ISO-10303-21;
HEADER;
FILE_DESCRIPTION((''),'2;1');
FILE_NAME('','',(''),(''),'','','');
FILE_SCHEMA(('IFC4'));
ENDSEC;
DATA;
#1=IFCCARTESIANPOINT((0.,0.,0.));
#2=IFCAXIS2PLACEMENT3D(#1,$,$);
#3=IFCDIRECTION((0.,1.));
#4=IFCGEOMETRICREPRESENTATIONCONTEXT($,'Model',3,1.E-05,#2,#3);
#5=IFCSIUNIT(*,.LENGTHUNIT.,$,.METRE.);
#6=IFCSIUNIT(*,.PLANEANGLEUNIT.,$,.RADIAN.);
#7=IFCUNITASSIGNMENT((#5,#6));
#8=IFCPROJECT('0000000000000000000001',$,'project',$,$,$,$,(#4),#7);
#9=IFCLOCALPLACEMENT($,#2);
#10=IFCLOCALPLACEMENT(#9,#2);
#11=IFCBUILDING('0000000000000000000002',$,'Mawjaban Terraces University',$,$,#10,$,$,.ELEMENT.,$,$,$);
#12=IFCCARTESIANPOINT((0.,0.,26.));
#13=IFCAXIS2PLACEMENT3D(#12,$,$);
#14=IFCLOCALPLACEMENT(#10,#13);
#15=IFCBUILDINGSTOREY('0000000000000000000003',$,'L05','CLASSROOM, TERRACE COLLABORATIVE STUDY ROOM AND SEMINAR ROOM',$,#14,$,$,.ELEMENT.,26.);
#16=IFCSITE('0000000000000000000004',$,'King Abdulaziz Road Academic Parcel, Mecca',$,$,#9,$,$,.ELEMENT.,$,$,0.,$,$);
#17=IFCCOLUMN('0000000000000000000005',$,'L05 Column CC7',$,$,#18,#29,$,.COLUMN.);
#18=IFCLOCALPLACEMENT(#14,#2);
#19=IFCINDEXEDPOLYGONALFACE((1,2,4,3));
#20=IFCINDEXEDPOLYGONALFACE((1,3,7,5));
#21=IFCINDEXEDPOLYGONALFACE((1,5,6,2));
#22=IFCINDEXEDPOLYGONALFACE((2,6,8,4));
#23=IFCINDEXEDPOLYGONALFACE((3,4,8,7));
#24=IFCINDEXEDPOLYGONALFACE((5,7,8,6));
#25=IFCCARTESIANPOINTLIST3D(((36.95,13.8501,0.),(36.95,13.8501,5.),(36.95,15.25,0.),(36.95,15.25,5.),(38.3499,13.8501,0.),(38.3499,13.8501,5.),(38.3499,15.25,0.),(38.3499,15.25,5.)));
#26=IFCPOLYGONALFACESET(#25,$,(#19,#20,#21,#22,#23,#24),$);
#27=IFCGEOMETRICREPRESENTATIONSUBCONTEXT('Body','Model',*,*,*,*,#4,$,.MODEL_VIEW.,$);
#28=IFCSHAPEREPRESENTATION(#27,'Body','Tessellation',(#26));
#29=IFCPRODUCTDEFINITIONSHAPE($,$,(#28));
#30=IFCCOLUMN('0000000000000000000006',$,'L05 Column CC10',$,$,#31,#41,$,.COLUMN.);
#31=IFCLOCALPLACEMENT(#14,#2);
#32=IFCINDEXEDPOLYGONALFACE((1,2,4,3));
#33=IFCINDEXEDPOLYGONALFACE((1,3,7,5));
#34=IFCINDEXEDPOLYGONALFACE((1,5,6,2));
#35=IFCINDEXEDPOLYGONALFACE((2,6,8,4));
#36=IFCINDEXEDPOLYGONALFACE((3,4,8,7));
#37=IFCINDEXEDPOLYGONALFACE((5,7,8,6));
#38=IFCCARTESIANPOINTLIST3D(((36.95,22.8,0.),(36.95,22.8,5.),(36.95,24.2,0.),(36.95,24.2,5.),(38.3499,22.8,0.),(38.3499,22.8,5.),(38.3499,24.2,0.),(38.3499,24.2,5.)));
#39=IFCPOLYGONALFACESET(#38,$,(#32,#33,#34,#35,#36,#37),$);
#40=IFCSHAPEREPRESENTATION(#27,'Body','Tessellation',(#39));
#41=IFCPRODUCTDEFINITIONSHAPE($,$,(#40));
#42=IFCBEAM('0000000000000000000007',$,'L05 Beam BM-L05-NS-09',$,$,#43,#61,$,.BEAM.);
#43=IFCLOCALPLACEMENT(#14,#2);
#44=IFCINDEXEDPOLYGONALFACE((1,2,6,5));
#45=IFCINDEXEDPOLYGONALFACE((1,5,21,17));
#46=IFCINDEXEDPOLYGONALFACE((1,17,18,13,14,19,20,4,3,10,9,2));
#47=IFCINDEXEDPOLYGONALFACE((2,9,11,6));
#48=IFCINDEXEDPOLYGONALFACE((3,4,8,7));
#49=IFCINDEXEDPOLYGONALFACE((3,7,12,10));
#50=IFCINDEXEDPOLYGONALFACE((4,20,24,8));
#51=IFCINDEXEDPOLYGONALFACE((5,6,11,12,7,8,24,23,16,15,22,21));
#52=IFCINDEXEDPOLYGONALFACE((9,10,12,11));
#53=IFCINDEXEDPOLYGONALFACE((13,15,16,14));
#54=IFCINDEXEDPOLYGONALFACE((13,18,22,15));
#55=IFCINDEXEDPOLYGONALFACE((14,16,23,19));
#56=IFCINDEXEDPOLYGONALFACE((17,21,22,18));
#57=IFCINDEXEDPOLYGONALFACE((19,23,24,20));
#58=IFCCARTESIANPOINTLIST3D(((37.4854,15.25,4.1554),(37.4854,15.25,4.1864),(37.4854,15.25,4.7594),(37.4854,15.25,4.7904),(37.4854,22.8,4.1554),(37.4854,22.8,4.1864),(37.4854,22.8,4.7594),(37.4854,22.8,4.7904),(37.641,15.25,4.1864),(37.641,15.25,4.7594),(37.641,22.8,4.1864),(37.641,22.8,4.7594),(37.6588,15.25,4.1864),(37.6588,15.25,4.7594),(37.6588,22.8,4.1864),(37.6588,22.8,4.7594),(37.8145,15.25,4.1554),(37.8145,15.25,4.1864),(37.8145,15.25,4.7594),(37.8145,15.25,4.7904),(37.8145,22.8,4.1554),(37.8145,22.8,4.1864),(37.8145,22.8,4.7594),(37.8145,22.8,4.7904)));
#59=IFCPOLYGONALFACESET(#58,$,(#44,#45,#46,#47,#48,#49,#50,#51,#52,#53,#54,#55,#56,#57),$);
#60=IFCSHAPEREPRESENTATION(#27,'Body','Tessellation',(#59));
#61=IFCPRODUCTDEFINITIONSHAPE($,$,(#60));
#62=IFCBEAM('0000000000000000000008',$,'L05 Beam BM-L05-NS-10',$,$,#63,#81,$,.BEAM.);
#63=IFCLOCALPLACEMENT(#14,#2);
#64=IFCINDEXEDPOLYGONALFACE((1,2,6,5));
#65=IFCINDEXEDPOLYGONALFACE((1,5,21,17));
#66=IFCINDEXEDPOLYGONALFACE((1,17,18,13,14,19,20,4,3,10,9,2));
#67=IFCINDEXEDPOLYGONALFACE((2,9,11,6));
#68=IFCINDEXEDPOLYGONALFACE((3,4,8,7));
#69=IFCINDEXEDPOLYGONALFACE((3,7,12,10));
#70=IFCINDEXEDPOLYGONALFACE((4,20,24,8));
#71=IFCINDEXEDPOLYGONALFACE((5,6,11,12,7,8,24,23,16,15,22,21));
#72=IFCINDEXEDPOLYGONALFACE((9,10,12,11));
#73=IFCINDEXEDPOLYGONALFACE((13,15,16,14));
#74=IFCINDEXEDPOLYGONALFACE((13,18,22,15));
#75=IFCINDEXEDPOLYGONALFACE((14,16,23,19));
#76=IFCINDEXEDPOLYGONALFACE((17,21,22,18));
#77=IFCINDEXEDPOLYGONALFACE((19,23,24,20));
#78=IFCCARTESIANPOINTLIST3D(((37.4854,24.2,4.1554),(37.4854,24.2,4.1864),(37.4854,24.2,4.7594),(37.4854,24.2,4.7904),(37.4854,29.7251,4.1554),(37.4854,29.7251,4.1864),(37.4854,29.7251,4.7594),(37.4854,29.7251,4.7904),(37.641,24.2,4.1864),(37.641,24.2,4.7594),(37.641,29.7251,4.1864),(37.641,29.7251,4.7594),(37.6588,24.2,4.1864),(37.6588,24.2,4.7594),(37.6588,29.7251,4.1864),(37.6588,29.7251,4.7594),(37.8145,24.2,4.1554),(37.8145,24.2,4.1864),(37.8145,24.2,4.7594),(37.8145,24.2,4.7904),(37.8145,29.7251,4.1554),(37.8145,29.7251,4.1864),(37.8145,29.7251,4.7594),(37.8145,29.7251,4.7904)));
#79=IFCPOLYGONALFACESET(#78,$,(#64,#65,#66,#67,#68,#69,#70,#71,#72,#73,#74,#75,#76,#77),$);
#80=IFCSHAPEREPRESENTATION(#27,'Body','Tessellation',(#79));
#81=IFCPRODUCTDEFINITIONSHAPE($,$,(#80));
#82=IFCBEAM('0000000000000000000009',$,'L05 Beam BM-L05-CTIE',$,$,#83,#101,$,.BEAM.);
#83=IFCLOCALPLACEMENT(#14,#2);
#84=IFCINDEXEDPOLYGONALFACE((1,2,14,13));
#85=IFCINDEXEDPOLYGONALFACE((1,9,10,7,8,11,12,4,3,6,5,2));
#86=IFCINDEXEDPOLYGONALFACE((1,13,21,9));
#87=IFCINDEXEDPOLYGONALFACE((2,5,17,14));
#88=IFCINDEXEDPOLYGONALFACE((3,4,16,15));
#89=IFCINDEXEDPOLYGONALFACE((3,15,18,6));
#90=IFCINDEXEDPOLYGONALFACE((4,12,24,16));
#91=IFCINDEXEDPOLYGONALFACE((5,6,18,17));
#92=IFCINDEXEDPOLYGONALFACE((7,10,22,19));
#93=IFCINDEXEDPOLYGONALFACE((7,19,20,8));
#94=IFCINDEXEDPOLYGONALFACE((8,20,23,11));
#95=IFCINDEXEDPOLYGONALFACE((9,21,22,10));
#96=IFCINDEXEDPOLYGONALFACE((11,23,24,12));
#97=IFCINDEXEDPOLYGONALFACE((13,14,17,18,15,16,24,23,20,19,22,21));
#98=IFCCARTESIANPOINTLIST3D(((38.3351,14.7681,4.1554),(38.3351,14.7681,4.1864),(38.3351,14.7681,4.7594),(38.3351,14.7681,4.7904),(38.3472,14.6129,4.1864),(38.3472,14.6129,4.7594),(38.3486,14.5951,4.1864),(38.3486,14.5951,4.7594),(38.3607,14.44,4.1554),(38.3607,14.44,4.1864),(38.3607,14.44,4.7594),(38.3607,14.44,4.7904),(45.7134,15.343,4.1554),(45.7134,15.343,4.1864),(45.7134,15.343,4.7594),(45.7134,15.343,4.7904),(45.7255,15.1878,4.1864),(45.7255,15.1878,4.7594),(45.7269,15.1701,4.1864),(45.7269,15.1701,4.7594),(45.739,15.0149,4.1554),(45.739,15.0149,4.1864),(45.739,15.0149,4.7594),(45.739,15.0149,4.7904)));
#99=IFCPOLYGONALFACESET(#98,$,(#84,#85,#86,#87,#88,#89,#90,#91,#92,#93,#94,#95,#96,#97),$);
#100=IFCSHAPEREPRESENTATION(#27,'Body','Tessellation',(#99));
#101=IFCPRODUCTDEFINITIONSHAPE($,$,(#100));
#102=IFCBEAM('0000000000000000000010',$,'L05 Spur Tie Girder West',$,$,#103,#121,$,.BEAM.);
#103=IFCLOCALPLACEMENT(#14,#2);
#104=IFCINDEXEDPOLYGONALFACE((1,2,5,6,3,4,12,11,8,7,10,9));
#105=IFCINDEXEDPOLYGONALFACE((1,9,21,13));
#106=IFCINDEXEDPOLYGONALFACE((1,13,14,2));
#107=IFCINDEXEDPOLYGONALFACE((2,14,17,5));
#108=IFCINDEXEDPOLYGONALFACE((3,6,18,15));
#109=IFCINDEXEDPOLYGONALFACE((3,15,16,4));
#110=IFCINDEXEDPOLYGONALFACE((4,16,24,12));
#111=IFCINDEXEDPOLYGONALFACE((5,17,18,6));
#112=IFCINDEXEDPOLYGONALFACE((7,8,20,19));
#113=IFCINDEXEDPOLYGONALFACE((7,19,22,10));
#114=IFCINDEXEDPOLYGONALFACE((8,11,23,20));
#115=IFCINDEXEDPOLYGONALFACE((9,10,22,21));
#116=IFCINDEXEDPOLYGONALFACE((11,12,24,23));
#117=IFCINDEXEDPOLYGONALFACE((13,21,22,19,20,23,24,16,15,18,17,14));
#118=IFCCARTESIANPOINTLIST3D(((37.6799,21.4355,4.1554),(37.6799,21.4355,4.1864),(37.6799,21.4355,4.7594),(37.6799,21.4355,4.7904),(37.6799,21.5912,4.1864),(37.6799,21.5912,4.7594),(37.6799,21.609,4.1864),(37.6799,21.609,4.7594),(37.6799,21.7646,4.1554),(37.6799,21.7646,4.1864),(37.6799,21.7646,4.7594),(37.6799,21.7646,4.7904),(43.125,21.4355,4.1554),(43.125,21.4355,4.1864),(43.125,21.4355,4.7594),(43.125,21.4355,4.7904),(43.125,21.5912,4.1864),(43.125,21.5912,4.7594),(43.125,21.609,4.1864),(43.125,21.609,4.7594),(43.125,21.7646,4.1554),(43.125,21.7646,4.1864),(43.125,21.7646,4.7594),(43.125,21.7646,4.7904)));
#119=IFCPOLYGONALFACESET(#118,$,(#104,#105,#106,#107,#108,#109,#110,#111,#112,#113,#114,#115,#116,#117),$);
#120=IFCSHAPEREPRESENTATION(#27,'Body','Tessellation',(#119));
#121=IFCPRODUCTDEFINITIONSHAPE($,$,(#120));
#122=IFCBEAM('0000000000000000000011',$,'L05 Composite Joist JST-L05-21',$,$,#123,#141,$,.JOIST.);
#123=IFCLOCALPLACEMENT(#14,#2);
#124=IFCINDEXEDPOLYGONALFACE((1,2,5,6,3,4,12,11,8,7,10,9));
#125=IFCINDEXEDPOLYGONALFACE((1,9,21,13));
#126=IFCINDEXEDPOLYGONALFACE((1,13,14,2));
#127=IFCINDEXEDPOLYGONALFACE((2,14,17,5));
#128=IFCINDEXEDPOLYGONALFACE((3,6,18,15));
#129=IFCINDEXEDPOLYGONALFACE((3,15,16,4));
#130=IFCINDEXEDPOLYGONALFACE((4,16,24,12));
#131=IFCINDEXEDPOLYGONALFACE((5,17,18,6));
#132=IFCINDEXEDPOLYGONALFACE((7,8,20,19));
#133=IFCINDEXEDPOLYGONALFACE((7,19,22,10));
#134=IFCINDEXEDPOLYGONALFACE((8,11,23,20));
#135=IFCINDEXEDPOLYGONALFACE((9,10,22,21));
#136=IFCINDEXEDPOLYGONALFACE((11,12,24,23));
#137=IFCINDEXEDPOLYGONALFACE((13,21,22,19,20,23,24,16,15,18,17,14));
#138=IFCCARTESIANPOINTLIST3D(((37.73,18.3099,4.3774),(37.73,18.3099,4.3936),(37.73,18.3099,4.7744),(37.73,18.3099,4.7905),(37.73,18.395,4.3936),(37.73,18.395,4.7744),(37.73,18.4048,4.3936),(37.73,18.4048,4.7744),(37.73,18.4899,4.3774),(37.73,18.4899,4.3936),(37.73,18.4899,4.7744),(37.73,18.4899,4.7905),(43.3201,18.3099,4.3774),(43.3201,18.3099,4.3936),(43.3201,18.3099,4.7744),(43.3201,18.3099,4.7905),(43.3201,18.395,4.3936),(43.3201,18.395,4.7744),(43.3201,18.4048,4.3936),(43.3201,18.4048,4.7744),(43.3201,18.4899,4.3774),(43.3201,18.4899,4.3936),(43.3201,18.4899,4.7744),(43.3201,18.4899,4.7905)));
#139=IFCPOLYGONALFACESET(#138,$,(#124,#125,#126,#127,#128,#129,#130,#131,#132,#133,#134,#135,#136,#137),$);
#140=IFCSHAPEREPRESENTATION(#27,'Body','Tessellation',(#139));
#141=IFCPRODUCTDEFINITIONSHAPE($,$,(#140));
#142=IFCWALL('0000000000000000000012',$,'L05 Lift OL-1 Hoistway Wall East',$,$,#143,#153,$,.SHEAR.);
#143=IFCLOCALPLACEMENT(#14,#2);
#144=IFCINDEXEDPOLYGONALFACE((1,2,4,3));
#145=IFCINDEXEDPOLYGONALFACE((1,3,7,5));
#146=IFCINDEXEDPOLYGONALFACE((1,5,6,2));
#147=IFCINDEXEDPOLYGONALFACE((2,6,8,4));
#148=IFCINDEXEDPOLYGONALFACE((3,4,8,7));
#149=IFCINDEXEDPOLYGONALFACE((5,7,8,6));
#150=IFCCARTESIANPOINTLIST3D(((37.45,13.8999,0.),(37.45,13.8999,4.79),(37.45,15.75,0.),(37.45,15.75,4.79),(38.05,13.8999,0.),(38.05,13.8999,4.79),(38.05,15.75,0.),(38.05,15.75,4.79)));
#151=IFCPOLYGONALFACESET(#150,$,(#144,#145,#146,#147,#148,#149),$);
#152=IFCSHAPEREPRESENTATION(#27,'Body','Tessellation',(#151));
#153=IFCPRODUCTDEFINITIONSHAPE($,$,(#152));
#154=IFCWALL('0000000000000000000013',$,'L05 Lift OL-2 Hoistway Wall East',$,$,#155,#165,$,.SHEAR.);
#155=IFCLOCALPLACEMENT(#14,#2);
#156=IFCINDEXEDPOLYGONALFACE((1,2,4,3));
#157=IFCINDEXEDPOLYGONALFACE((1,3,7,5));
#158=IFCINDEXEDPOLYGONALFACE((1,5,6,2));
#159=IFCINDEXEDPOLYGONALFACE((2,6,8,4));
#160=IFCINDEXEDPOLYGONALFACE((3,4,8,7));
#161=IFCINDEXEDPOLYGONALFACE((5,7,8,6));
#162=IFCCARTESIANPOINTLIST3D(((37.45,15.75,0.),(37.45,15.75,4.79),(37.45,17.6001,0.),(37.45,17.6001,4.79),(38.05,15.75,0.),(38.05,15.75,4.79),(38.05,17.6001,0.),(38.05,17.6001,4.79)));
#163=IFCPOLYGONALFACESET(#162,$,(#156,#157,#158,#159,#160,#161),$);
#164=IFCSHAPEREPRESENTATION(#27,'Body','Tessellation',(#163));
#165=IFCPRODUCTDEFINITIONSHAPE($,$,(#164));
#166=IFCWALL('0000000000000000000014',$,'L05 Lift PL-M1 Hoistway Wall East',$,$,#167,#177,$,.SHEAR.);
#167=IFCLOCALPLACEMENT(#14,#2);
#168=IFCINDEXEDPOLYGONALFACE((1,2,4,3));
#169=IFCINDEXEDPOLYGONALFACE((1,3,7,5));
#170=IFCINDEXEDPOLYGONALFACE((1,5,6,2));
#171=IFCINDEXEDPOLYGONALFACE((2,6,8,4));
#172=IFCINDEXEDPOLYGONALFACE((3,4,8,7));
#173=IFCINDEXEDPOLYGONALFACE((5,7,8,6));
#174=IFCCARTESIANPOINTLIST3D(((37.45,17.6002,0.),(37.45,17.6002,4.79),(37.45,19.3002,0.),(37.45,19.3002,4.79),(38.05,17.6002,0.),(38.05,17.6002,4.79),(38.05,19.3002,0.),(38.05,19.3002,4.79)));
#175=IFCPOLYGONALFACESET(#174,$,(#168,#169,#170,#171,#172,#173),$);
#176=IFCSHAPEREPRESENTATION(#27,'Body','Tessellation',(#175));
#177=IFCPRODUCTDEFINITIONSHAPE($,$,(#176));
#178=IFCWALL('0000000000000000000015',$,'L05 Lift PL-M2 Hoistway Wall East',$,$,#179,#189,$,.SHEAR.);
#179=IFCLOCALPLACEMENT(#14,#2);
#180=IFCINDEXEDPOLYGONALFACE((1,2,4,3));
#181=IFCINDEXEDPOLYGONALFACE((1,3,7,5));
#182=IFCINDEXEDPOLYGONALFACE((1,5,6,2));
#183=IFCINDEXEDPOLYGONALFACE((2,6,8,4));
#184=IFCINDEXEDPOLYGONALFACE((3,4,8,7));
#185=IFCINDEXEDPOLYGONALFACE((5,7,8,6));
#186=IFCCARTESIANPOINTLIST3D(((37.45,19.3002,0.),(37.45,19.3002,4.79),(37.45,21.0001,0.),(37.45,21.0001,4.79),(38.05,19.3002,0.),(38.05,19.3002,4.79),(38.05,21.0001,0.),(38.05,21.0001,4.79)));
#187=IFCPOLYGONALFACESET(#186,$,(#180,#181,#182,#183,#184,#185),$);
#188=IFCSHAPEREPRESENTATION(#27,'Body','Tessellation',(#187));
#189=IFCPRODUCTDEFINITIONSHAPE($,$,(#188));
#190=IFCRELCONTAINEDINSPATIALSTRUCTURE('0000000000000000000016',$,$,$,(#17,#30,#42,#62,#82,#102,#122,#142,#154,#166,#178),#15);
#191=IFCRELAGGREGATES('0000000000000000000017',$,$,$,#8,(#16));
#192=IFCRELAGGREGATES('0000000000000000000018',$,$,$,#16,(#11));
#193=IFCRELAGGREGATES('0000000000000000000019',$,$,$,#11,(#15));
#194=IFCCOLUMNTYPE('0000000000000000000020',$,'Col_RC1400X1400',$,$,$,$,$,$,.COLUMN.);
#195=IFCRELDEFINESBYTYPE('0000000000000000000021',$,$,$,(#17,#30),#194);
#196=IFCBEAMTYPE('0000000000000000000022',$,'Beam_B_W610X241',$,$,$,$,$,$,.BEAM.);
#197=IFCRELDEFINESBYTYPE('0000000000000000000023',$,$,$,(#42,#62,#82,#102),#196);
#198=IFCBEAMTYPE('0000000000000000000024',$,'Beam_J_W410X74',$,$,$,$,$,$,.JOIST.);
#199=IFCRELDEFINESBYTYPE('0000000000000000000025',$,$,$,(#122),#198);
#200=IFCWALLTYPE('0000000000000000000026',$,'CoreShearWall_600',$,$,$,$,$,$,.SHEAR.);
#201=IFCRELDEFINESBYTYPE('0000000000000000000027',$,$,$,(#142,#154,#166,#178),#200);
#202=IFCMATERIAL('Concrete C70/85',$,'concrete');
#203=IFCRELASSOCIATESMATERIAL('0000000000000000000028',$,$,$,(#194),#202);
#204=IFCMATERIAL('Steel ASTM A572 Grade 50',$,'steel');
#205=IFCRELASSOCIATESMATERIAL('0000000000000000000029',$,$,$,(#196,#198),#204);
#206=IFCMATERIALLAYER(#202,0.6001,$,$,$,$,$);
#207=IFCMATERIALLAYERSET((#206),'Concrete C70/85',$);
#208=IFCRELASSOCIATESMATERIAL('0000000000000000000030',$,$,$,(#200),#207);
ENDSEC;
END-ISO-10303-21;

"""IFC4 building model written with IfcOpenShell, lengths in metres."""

from ifc_helpers import new_model, si_unit, direction, frame, frame_2d, origin, origin_2d, place, context, subcontext, project, spatial, rectangle, i_section, extrude, material, layer, layer_set, material_profile, profile_set, type_object, element, save


model = new_model("IFC4")

# Units and contexts
model_context = context("Model", 3, precision=1e-05, world=origin(), true_north=direction((0.0, 1.0)))
body_context = subcontext(model_context, "Body", "Model", "MODEL_VIEW")
ifc_project = project(units=[si_unit("LENGTHUNIT", "METRE"), si_unit("PLANEANGLEUNIT", "RADIAN")], contexts=[model_context])

# Site, building, storey
site_placement = place(None, origin())
site = spatial("IfcSite", under=ifc_project, at=site_placement, Name="King Abdulaziz Road Academic Parcel, Mecca", CompositionType="ELEMENT", RefElevation=0.0)
building_placement = place(site_placement, origin())
building = spatial("IfcBuilding", under=site, at=building_placement, Name="Mawjaban Terraces University", CompositionType="ELEMENT")
storey_placement = place(building_placement, frame((0.0, 0.0, 26.0)))
storey = spatial("IfcBuildingStorey", under=building, at=storey_placement, Name="L05", Description="CLASSROOM, TERRACE COLLABORATIVE STUDY ROOM AND SEMINAR ROOM", CompositionType="ELEMENT", Elevation=26.0)

# Columns
ifc_material_1 = material(Name="Concrete C70/85", Category="concrete")
ifc_material_profile_1 = material_profile(ifc_material_1, rectangle(XDim=1.3999, YDim=1.3999, at=origin_2d()), Name="RC1400X1400")
ifc_profile_set_1 = profile_set([ifc_material_profile_1], Name="Concrete C70/85")
column_type = type_object("IfcColumnType", Name="Col_RC1400X1400", PredefinedType="COLUMN", material=ifc_profile_set_1)
for number, where, z_axis, x_axis, name in (
    (1, (37.6499, 14.55, 0.0), (0.0, 0.0, 1.0), (1.0, 0.0, 0.0), "L05 Column CC7"),
    (2, (37.6499, 23.5, 0.0), (0.0, 0.0, 1.0), (1.0, 0.0, 0.0), "L05 Column CC10"),
):
    element("IfcColumn", number, at=place(storey_placement, frame(where, z_axis=z_axis, x_axis=x_axis)), inside=storey, type_object=column_type, Name=name, PredefinedType="COLUMN", context=body_context, shape_type="SweptSolid", body=[
        extrude(rectangle(XDim=1.3999, YDim=1.3999, at=origin_2d()), origin(), (0.0, 0.0, 1.0), 5.0),
    ])

# Beams
ifc_material_2 = material(Name="Steel ASTM A572 Grade 50", Category="steel")
ifc_material_profile_2 = material_profile(ifc_material_2, i_section(OverallWidth=0.3291, OverallDepth=0.635, WebThickness=0.0178, FlangeThickness=0.031, at=origin_2d()), Name="W610X241")
ifc_profile_set_2 = profile_set([ifc_material_profile_2], Name="Steel ASTM A572 Grade 50")
beam_type_1 = type_object("IfcBeamType", Name="Beam_B_W610X241", PredefinedType="BEAM", material=ifc_profile_set_2)
beam_1_placement = place(storey_placement, frame((37.6499, 15.25, 4.4729), z_axis=(0.0, 1.0, 0.0), x_axis=(-1.0, 0.0, 0.0)))
element("IfcBeam", 3, at=beam_1_placement, inside=storey, type_object=beam_type_1, Name="L05 Beam BM-L05-NS-09", PredefinedType="BEAM", context=body_context, shape_type="SweptSolid", body=[
    extrude(i_section(OverallWidth=0.3291, OverallDepth=0.635, WebThickness=0.0178, FlangeThickness=0.031, at=origin_2d()), origin(), (0.0, 0.0, 1.0), 7.55),
])
beam_2_placement = place(storey_placement, frame((37.6499, 24.2, 4.4729), z_axis=(0.0, 1.0, 0.0), x_axis=(-1.0, 0.0, 0.0)))
element("IfcBeam", 4, at=beam_2_placement, inside=storey, type_object=beam_type_1, Name="L05 Beam BM-L05-NS-10", PredefinedType="BEAM", context=body_context, shape_type="SweptSolid", body=[
    extrude(i_section(OverallWidth=0.3291, OverallDepth=0.635, WebThickness=0.0178, FlangeThickness=0.031, at=origin_2d()), origin(), (0.0, 0.0, 1.0), 5.5251),
])
beam_3_placement = place(storey_placement, frame((38.3479, 14.604, 4.4729), z_axis=(0.996978, 0.07769, 0.0), x_axis=(-0.07769, 0.996978, 0.0)))
element("IfcBeam", 5, at=beam_3_placement, inside=storey, type_object=beam_type_1, Name="L05 Beam BM-L05-CTIE", PredefinedType="BEAM", context=body_context, shape_type="SweptSolid", body=[
    extrude(i_section(OverallWidth=0.3291, OverallDepth=0.635, WebThickness=0.0178, FlangeThickness=0.031, at=origin_2d()), origin(), (0.0, 0.0, 1.0), 7.4006),
])
beam_4_placement = place(storey_placement, frame((37.6799, 21.6001, 4.4729), z_axis=(1.0, 0.0, 0.0), x_axis=(0.0, 1.0, 0.0)))
element("IfcBeam", 6, at=beam_4_placement, inside=storey, type_object=beam_type_1, Name="L05 Spur Tie Girder West", PredefinedType="BEAM", context=body_context, shape_type="SweptSolid", body=[
    extrude(i_section(OverallWidth=0.3291, OverallDepth=0.635, WebThickness=0.0178, FlangeThickness=0.031, at=origin_2d()), origin(), (0.0, 0.0, 1.0), 5.4451),
])
ifc_material_profile_3 = material_profile(ifc_material_2, i_section(OverallWidth=0.1799, OverallDepth=0.4131, WebThickness=0.0098, FlangeThickness=0.0161, at=origin_2d()), Name="W410X74")
ifc_profile_set_3 = profile_set([ifc_material_profile_3], Name="Steel ASTM A572 Grade 50")
beam_type_2 = type_object("IfcBeamType", Name="Beam_J_W410X74", PredefinedType="JOIST", material=ifc_profile_set_3)
beam_5_placement = place(storey_placement, frame((37.73, 18.3999, 4.584), z_axis=(1.0, 0.0, 0.0), x_axis=(0.0, 1.0, 0.0)))
element("IfcBeam", 7, at=beam_5_placement, inside=storey, type_object=beam_type_2, Name="L05 Composite Joist JST-L05-21", PredefinedType="JOIST", context=body_context, shape_type="SweptSolid", body=[
    extrude(i_section(OverallWidth=0.1799, OverallDepth=0.4131, WebThickness=0.0098, FlangeThickness=0.0161, at=origin_2d()), origin(), (0.0, 0.0, 1.0), 5.5901),
])

# Walls
ifc_layer_1 = layer(ifc_material_1, 0.6001)
ifc_layer_set_1 = layer_set([ifc_layer_1], Name="Concrete C70/85")
wall_type_1 = type_object("IfcWallType", Name="CoreShearWall_600", PredefinedType="SHEAR", material=ifc_layer_set_1)
for number, where, z_axis, x_axis, name in (
    (8, (37.75, 13.8999, 0.0), (0.0, 0.0, 1.0), (0.0, 1.0, 0.0), "L05 Lift OL-1 Hoistway Wall East"),
    (9, (37.75, 15.75, 0.0), (0.0, 0.0, 1.0), (0.0, 1.0, 0.0), "L05 Lift OL-2 Hoistway Wall East"),
):
    element("IfcWall", number, at=place(storey_placement, frame(where, z_axis=z_axis, x_axis=x_axis)), inside=storey, type_object=wall_type_1, Name=name, PredefinedType="SHEAR", context=body_context, shape_type="SweptSolid", body=[
        extrude(rectangle(XDim=1.8501, YDim=0.6001, at=frame_2d((0.925, 0.0))), origin(), (0.0, 0.0, 1.0), 4.79),
    ])
for number, where, z_axis, x_axis, name in (
    (10, (37.75, 17.6001, 0.0), (0.0, 0.0, 1.0), (0.0, 1.0, 0.0), "L05 Lift PL-M1 Hoistway Wall East"),
    (11, (37.75, 19.3, 0.0), (0.0, 0.0, 1.0), (0.0, 1.0, 0.0), "L05 Lift PL-M2 Hoistway Wall East"),
):
    element("IfcWall", number, at=place(storey_placement, frame(where, z_axis=z_axis, x_axis=x_axis)), inside=storey, type_object=wall_type_1, Name=name, PredefinedType="SHEAR", context=body_context, shape_type="SweptSolid", body=[
        extrude(rectangle(XDim=1.7, YDim=0.6001, at=frame_2d((0.8501, 0.0))), origin(), (0.0, 0.0, 1.0), 4.79),
    ])

save(model, "model.ifc")
